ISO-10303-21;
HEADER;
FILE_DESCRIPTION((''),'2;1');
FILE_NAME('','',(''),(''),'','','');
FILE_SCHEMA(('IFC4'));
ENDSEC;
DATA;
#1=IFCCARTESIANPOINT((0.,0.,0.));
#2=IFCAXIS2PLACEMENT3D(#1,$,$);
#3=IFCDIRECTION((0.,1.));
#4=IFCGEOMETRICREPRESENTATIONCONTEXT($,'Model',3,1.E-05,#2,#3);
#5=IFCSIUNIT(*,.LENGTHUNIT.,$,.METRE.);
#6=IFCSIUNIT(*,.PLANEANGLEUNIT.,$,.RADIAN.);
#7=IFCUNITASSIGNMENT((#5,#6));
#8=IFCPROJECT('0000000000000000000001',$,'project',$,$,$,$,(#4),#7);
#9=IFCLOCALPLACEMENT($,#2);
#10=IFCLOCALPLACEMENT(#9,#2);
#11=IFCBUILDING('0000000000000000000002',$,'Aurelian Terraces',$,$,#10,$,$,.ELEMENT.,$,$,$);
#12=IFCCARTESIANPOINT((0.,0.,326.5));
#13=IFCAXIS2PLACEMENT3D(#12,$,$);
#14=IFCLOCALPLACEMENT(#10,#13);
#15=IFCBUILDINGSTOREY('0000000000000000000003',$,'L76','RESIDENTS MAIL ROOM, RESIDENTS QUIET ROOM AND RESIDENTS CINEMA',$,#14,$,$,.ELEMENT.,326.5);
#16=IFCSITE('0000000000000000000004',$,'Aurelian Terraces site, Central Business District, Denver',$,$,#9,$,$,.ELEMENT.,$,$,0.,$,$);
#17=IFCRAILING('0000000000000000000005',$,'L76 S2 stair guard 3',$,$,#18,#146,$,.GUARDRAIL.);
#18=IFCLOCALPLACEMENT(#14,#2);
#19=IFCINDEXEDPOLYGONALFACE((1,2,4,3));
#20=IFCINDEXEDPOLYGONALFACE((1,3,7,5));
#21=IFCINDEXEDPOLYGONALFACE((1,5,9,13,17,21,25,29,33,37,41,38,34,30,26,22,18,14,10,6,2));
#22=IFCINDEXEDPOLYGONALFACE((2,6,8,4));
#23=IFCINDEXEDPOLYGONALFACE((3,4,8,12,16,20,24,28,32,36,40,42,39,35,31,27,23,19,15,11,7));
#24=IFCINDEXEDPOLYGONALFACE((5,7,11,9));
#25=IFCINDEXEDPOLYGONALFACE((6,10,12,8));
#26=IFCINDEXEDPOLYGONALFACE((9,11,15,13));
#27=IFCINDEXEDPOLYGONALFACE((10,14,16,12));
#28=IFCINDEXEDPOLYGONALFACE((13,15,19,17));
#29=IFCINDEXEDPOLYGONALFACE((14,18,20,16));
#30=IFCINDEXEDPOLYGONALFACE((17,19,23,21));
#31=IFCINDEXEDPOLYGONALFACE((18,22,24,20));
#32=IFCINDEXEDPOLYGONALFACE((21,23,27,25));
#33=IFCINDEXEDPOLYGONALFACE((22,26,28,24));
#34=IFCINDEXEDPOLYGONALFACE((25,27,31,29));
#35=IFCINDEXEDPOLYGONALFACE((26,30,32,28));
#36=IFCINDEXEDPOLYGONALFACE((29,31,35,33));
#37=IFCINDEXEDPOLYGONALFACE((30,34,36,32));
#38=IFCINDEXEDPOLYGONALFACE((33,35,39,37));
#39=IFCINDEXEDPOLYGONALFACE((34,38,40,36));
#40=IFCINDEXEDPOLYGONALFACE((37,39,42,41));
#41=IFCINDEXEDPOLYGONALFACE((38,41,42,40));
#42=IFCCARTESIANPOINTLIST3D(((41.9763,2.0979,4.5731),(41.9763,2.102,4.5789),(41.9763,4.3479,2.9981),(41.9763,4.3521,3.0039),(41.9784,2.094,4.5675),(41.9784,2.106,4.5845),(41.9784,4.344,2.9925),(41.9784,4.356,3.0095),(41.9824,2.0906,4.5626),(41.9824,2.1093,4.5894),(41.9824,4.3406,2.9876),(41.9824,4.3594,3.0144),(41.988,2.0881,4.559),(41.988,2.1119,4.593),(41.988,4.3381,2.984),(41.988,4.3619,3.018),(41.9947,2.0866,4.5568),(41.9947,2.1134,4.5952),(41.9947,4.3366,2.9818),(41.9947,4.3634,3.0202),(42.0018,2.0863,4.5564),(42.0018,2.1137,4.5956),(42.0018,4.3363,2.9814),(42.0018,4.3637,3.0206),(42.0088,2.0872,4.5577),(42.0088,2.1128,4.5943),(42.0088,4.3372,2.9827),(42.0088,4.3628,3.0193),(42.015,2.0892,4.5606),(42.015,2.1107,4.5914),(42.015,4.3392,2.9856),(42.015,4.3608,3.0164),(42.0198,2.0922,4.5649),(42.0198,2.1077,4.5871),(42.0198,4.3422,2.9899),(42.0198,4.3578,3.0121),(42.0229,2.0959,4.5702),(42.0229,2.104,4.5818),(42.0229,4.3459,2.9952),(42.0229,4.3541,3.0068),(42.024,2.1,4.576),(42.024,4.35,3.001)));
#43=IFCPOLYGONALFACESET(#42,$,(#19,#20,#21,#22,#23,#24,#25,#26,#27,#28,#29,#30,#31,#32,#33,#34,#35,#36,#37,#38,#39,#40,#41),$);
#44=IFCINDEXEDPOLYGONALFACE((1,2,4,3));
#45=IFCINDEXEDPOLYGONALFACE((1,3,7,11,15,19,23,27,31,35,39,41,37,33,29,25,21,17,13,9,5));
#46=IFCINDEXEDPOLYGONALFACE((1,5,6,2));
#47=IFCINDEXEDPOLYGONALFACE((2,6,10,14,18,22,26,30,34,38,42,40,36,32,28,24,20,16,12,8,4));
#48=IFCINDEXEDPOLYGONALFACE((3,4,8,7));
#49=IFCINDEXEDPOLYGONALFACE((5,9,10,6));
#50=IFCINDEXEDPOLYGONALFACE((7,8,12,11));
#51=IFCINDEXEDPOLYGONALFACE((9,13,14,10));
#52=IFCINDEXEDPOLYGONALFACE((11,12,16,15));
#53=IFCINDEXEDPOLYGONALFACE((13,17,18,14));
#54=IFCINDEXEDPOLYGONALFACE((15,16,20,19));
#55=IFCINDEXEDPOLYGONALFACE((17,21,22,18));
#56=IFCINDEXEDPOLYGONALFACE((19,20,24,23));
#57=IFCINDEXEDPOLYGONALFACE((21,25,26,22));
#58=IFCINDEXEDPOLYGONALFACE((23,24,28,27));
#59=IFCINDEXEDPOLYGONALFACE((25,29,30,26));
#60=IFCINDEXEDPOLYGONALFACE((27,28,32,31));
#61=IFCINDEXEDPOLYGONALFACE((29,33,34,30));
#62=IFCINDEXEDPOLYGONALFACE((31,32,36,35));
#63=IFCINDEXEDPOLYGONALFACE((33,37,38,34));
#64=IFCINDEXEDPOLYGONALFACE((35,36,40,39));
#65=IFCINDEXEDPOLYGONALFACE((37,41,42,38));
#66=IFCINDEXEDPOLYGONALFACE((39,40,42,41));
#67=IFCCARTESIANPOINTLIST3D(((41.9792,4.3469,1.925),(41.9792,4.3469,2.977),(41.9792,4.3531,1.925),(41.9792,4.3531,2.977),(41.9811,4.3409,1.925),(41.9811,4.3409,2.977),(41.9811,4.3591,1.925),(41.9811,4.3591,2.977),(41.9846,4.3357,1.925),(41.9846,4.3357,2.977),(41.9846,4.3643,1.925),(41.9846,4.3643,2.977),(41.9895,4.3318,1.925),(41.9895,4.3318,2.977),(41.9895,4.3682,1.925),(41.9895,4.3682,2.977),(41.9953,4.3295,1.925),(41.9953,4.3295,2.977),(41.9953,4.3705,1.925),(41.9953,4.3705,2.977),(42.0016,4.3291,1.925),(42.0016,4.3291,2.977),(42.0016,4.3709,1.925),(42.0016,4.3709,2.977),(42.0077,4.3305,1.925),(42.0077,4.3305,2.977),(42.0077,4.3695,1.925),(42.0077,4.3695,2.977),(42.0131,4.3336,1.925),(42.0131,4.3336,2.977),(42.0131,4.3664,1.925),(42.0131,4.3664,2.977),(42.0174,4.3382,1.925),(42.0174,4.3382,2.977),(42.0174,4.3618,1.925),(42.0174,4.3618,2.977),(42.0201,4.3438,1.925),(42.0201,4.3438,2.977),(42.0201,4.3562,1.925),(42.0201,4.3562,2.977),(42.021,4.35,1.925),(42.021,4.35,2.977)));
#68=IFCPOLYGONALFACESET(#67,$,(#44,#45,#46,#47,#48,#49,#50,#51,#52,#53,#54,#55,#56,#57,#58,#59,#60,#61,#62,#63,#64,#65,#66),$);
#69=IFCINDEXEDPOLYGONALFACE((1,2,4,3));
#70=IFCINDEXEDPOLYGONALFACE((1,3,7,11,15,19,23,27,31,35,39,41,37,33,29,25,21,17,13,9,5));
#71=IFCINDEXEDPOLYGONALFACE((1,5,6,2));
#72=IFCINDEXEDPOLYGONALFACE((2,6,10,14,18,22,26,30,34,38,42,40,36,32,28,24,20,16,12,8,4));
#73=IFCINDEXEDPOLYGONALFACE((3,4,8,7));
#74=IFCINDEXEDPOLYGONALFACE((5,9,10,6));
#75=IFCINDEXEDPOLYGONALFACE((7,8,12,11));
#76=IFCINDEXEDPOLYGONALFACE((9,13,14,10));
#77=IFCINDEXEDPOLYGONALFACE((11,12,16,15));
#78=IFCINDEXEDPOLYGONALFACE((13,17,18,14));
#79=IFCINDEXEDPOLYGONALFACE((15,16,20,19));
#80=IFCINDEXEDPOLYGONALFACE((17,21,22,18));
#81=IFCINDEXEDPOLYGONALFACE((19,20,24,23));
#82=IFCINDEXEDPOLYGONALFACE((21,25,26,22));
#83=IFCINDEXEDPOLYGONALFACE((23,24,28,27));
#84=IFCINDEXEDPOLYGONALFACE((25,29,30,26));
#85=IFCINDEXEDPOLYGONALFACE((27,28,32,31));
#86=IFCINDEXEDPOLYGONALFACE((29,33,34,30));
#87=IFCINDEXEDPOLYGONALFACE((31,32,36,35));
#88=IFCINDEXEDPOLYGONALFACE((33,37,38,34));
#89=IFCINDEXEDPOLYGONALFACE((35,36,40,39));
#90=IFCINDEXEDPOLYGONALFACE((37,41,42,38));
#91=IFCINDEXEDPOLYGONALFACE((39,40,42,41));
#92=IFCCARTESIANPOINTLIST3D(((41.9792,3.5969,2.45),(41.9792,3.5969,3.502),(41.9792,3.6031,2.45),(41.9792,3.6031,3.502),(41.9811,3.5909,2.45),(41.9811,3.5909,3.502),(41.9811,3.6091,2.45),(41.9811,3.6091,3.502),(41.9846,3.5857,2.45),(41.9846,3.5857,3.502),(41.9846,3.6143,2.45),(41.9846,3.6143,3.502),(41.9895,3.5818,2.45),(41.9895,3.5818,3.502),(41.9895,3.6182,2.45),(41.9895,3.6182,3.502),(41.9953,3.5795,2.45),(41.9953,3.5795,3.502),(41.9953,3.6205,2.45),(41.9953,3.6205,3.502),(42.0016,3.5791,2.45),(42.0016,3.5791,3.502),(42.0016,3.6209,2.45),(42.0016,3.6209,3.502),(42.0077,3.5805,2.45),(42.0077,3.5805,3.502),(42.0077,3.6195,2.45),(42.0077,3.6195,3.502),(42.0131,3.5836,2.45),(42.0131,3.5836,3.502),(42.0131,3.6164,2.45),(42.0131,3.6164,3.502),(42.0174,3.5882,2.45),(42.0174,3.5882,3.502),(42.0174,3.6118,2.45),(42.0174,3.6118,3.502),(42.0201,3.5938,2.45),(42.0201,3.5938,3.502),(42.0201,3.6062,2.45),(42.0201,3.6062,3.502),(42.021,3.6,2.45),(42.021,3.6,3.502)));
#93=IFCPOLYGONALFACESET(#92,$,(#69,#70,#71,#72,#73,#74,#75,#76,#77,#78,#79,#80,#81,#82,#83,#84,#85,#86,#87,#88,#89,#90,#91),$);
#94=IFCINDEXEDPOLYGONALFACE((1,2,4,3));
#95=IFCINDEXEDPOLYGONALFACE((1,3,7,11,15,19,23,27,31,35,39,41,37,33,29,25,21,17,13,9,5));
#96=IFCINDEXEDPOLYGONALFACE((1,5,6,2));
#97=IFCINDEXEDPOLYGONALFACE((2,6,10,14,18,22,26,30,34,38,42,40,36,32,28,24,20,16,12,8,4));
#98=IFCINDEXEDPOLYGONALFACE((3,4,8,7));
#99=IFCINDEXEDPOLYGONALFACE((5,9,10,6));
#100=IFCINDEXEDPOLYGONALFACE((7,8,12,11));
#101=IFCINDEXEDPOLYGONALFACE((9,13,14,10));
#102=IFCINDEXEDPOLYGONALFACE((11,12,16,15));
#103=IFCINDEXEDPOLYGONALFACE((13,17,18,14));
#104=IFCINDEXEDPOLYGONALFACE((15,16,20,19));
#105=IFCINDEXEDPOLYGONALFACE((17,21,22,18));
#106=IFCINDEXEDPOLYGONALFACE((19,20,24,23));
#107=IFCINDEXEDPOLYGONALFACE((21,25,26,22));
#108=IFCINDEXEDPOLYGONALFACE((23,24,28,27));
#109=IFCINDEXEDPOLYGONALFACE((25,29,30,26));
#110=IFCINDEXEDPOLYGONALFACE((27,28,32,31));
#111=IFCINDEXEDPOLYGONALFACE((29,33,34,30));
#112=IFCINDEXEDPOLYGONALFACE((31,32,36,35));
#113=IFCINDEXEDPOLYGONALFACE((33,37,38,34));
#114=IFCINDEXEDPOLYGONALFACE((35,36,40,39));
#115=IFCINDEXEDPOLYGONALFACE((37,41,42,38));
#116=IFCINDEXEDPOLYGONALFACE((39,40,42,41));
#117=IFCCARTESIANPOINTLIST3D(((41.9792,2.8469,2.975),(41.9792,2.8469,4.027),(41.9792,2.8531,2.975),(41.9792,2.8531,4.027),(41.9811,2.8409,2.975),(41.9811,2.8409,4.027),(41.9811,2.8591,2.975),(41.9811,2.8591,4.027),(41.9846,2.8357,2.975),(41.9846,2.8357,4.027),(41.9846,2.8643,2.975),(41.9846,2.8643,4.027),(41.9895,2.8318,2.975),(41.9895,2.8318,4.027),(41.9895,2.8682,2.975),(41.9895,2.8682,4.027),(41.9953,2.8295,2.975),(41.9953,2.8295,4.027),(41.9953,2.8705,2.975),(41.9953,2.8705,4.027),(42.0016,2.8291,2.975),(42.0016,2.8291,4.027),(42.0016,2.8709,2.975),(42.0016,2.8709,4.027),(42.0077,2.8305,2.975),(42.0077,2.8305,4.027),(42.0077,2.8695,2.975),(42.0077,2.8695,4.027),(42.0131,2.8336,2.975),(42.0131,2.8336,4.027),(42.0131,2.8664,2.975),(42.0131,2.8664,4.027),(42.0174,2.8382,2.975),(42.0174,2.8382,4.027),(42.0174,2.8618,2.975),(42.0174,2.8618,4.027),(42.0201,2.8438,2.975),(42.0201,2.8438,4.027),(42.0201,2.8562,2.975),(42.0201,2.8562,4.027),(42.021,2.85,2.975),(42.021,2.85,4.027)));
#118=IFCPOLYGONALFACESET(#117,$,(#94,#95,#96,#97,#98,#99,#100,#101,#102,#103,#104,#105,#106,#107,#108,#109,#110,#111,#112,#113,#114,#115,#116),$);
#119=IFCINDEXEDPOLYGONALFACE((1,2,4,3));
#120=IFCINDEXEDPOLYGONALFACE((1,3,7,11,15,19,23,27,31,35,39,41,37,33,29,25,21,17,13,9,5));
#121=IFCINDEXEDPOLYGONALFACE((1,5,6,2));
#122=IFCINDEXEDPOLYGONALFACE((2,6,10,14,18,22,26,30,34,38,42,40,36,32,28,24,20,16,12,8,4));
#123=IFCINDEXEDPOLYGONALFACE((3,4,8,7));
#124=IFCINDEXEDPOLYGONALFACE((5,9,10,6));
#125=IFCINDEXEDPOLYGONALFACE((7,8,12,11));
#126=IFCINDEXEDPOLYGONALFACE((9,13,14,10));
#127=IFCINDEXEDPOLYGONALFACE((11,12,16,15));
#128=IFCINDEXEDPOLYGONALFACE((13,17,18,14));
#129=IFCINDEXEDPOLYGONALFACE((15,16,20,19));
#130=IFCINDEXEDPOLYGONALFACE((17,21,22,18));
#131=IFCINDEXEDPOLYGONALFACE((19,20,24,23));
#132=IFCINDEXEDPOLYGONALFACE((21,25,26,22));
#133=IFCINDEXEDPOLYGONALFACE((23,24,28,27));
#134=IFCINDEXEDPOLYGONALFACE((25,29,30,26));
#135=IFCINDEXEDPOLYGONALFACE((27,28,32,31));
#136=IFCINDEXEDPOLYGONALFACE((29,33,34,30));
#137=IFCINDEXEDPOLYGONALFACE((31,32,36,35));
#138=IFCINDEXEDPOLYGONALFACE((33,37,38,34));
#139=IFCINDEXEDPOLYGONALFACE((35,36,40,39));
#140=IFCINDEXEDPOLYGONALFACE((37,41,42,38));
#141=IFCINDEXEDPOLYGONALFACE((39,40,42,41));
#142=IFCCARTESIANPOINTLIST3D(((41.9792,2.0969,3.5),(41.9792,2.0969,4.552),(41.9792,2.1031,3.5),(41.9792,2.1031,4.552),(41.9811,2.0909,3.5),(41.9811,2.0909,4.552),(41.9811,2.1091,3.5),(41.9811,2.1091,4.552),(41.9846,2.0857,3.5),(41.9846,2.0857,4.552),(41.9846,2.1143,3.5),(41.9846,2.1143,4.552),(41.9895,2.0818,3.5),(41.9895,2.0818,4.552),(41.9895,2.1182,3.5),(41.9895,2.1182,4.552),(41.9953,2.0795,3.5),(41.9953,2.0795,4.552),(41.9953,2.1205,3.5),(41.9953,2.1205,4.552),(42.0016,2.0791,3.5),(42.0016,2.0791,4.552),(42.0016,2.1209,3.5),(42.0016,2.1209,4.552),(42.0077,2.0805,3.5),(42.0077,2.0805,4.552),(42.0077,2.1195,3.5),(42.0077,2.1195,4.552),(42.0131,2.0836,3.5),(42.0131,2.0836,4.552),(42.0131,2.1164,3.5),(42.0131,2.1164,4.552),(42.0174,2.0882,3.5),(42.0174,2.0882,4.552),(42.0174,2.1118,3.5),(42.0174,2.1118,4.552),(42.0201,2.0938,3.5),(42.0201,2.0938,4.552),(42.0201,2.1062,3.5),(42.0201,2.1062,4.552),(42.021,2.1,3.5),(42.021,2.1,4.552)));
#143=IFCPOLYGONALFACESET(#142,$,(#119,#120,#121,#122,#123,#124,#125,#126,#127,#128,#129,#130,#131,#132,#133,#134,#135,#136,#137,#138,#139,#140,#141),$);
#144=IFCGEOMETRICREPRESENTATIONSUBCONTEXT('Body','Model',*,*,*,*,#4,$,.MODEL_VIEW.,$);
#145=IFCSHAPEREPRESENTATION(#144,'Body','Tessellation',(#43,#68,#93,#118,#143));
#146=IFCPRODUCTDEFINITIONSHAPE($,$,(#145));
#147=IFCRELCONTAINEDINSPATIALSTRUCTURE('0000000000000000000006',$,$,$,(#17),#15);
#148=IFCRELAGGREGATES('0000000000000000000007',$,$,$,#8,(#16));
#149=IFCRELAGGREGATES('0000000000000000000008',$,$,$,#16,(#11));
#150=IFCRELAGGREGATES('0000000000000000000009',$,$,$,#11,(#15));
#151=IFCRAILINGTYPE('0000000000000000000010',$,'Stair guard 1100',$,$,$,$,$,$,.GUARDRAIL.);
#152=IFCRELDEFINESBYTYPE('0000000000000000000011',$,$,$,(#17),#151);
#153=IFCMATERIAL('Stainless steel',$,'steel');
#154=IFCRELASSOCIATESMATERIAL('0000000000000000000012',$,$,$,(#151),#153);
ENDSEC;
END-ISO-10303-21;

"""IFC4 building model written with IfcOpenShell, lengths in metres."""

from ifc_helpers import new_model, si_unit, direction, frame, origin, origin_2d, place, context, subcontext, project, spatial, circle, extrude, source, transform, mapped, material, type_object, element, save


model = new_model("IFC4")

# Units and contexts
model_context = context("Model", 3, precision=1e-05, world=origin(), true_north=direction((0.0, 1.0)))
body_context = subcontext(model_context, "Body", "Model", "MODEL_VIEW")
ifc_project = project(units=[si_unit("LENGTHUNIT", "METRE"), si_unit("PLANEANGLEUNIT", "RADIAN")], contexts=[model_context])

# Site, building, storey
site_placement = place(None, origin())
site = spatial("IfcSite", under=ifc_project, at=site_placement, Name="Aurelian Terraces site, Central Business District, Denver", CompositionType="ELEMENT", RefElevation=0.0)
building_placement = place(site_placement, origin())
building = spatial("IfcBuilding", under=site, at=building_placement, Name="Aurelian Terraces", CompositionType="ELEMENT")
storey_placement = place(building_placement, frame((0.0, 0.0, 326.5)))
storey = spatial("IfcBuildingStorey", under=building, at=storey_placement, Name="L76", Description="RESIDENTS MAIL ROOM, RESIDENTS QUIET ROOM AND RESIDENTS CINEMA", CompositionType="ELEMENT", Elevation=326.5)

# Railing
ifc_material_1 = material(Name="Stainless steel", Category="steel")
railing_type_1 = type_object("IfcRailingType", Name="Stair guard 1100", PredefinedType="GUARDRAIL", material=ifc_material_1)
shared_shape_1 = source(origin(), body_context, "Body", "SweptSolid", [
    extrude(circle(Radius=0.024, at=origin_2d()), frame((0.0, 0.0, 1.076), z_axis=(0.0, -0.819232, 0.573462), x_axis=(1.0, 0.0, 0.0)), (0.0, 0.0, 1.0), 2.7465),
    extrude(circle(Radius=0.021, at=origin_2d()), origin(), (0.0, 0.0, 1.0), 1.052),
    extrude(circle(Radius=0.021, at=origin_2d()), frame((0.0, -0.75, 0.525)), (0.0, 0.0, 1.0), 1.052),
    extrude(circle(Radius=0.021, at=origin_2d()), frame((0.0, -1.5, 1.05)), (0.0, 0.0, 1.0), 1.052),
    extrude(circle(Radius=0.021, at=origin_2d()), frame((0.0, -2.25, 1.575)), (0.0, 0.0, 1.0), 1.052),
])
railing_1_placement = place(storey_placement, frame((42.0, 4.35, 1.925)))
element("IfcRailing", 1, at=railing_1_placement, inside=storey, type_object=railing_type_1, Name="L76 S2 stair guard 3", PredefinedType="GUARDRAIL", context=body_context, shape_type="MappedRepresentation", body=[
    mapped(shared_shape_1, transform((0.0, 0.0, 0.0), scale=1.0)),
])

save(model, "model.ifc")
